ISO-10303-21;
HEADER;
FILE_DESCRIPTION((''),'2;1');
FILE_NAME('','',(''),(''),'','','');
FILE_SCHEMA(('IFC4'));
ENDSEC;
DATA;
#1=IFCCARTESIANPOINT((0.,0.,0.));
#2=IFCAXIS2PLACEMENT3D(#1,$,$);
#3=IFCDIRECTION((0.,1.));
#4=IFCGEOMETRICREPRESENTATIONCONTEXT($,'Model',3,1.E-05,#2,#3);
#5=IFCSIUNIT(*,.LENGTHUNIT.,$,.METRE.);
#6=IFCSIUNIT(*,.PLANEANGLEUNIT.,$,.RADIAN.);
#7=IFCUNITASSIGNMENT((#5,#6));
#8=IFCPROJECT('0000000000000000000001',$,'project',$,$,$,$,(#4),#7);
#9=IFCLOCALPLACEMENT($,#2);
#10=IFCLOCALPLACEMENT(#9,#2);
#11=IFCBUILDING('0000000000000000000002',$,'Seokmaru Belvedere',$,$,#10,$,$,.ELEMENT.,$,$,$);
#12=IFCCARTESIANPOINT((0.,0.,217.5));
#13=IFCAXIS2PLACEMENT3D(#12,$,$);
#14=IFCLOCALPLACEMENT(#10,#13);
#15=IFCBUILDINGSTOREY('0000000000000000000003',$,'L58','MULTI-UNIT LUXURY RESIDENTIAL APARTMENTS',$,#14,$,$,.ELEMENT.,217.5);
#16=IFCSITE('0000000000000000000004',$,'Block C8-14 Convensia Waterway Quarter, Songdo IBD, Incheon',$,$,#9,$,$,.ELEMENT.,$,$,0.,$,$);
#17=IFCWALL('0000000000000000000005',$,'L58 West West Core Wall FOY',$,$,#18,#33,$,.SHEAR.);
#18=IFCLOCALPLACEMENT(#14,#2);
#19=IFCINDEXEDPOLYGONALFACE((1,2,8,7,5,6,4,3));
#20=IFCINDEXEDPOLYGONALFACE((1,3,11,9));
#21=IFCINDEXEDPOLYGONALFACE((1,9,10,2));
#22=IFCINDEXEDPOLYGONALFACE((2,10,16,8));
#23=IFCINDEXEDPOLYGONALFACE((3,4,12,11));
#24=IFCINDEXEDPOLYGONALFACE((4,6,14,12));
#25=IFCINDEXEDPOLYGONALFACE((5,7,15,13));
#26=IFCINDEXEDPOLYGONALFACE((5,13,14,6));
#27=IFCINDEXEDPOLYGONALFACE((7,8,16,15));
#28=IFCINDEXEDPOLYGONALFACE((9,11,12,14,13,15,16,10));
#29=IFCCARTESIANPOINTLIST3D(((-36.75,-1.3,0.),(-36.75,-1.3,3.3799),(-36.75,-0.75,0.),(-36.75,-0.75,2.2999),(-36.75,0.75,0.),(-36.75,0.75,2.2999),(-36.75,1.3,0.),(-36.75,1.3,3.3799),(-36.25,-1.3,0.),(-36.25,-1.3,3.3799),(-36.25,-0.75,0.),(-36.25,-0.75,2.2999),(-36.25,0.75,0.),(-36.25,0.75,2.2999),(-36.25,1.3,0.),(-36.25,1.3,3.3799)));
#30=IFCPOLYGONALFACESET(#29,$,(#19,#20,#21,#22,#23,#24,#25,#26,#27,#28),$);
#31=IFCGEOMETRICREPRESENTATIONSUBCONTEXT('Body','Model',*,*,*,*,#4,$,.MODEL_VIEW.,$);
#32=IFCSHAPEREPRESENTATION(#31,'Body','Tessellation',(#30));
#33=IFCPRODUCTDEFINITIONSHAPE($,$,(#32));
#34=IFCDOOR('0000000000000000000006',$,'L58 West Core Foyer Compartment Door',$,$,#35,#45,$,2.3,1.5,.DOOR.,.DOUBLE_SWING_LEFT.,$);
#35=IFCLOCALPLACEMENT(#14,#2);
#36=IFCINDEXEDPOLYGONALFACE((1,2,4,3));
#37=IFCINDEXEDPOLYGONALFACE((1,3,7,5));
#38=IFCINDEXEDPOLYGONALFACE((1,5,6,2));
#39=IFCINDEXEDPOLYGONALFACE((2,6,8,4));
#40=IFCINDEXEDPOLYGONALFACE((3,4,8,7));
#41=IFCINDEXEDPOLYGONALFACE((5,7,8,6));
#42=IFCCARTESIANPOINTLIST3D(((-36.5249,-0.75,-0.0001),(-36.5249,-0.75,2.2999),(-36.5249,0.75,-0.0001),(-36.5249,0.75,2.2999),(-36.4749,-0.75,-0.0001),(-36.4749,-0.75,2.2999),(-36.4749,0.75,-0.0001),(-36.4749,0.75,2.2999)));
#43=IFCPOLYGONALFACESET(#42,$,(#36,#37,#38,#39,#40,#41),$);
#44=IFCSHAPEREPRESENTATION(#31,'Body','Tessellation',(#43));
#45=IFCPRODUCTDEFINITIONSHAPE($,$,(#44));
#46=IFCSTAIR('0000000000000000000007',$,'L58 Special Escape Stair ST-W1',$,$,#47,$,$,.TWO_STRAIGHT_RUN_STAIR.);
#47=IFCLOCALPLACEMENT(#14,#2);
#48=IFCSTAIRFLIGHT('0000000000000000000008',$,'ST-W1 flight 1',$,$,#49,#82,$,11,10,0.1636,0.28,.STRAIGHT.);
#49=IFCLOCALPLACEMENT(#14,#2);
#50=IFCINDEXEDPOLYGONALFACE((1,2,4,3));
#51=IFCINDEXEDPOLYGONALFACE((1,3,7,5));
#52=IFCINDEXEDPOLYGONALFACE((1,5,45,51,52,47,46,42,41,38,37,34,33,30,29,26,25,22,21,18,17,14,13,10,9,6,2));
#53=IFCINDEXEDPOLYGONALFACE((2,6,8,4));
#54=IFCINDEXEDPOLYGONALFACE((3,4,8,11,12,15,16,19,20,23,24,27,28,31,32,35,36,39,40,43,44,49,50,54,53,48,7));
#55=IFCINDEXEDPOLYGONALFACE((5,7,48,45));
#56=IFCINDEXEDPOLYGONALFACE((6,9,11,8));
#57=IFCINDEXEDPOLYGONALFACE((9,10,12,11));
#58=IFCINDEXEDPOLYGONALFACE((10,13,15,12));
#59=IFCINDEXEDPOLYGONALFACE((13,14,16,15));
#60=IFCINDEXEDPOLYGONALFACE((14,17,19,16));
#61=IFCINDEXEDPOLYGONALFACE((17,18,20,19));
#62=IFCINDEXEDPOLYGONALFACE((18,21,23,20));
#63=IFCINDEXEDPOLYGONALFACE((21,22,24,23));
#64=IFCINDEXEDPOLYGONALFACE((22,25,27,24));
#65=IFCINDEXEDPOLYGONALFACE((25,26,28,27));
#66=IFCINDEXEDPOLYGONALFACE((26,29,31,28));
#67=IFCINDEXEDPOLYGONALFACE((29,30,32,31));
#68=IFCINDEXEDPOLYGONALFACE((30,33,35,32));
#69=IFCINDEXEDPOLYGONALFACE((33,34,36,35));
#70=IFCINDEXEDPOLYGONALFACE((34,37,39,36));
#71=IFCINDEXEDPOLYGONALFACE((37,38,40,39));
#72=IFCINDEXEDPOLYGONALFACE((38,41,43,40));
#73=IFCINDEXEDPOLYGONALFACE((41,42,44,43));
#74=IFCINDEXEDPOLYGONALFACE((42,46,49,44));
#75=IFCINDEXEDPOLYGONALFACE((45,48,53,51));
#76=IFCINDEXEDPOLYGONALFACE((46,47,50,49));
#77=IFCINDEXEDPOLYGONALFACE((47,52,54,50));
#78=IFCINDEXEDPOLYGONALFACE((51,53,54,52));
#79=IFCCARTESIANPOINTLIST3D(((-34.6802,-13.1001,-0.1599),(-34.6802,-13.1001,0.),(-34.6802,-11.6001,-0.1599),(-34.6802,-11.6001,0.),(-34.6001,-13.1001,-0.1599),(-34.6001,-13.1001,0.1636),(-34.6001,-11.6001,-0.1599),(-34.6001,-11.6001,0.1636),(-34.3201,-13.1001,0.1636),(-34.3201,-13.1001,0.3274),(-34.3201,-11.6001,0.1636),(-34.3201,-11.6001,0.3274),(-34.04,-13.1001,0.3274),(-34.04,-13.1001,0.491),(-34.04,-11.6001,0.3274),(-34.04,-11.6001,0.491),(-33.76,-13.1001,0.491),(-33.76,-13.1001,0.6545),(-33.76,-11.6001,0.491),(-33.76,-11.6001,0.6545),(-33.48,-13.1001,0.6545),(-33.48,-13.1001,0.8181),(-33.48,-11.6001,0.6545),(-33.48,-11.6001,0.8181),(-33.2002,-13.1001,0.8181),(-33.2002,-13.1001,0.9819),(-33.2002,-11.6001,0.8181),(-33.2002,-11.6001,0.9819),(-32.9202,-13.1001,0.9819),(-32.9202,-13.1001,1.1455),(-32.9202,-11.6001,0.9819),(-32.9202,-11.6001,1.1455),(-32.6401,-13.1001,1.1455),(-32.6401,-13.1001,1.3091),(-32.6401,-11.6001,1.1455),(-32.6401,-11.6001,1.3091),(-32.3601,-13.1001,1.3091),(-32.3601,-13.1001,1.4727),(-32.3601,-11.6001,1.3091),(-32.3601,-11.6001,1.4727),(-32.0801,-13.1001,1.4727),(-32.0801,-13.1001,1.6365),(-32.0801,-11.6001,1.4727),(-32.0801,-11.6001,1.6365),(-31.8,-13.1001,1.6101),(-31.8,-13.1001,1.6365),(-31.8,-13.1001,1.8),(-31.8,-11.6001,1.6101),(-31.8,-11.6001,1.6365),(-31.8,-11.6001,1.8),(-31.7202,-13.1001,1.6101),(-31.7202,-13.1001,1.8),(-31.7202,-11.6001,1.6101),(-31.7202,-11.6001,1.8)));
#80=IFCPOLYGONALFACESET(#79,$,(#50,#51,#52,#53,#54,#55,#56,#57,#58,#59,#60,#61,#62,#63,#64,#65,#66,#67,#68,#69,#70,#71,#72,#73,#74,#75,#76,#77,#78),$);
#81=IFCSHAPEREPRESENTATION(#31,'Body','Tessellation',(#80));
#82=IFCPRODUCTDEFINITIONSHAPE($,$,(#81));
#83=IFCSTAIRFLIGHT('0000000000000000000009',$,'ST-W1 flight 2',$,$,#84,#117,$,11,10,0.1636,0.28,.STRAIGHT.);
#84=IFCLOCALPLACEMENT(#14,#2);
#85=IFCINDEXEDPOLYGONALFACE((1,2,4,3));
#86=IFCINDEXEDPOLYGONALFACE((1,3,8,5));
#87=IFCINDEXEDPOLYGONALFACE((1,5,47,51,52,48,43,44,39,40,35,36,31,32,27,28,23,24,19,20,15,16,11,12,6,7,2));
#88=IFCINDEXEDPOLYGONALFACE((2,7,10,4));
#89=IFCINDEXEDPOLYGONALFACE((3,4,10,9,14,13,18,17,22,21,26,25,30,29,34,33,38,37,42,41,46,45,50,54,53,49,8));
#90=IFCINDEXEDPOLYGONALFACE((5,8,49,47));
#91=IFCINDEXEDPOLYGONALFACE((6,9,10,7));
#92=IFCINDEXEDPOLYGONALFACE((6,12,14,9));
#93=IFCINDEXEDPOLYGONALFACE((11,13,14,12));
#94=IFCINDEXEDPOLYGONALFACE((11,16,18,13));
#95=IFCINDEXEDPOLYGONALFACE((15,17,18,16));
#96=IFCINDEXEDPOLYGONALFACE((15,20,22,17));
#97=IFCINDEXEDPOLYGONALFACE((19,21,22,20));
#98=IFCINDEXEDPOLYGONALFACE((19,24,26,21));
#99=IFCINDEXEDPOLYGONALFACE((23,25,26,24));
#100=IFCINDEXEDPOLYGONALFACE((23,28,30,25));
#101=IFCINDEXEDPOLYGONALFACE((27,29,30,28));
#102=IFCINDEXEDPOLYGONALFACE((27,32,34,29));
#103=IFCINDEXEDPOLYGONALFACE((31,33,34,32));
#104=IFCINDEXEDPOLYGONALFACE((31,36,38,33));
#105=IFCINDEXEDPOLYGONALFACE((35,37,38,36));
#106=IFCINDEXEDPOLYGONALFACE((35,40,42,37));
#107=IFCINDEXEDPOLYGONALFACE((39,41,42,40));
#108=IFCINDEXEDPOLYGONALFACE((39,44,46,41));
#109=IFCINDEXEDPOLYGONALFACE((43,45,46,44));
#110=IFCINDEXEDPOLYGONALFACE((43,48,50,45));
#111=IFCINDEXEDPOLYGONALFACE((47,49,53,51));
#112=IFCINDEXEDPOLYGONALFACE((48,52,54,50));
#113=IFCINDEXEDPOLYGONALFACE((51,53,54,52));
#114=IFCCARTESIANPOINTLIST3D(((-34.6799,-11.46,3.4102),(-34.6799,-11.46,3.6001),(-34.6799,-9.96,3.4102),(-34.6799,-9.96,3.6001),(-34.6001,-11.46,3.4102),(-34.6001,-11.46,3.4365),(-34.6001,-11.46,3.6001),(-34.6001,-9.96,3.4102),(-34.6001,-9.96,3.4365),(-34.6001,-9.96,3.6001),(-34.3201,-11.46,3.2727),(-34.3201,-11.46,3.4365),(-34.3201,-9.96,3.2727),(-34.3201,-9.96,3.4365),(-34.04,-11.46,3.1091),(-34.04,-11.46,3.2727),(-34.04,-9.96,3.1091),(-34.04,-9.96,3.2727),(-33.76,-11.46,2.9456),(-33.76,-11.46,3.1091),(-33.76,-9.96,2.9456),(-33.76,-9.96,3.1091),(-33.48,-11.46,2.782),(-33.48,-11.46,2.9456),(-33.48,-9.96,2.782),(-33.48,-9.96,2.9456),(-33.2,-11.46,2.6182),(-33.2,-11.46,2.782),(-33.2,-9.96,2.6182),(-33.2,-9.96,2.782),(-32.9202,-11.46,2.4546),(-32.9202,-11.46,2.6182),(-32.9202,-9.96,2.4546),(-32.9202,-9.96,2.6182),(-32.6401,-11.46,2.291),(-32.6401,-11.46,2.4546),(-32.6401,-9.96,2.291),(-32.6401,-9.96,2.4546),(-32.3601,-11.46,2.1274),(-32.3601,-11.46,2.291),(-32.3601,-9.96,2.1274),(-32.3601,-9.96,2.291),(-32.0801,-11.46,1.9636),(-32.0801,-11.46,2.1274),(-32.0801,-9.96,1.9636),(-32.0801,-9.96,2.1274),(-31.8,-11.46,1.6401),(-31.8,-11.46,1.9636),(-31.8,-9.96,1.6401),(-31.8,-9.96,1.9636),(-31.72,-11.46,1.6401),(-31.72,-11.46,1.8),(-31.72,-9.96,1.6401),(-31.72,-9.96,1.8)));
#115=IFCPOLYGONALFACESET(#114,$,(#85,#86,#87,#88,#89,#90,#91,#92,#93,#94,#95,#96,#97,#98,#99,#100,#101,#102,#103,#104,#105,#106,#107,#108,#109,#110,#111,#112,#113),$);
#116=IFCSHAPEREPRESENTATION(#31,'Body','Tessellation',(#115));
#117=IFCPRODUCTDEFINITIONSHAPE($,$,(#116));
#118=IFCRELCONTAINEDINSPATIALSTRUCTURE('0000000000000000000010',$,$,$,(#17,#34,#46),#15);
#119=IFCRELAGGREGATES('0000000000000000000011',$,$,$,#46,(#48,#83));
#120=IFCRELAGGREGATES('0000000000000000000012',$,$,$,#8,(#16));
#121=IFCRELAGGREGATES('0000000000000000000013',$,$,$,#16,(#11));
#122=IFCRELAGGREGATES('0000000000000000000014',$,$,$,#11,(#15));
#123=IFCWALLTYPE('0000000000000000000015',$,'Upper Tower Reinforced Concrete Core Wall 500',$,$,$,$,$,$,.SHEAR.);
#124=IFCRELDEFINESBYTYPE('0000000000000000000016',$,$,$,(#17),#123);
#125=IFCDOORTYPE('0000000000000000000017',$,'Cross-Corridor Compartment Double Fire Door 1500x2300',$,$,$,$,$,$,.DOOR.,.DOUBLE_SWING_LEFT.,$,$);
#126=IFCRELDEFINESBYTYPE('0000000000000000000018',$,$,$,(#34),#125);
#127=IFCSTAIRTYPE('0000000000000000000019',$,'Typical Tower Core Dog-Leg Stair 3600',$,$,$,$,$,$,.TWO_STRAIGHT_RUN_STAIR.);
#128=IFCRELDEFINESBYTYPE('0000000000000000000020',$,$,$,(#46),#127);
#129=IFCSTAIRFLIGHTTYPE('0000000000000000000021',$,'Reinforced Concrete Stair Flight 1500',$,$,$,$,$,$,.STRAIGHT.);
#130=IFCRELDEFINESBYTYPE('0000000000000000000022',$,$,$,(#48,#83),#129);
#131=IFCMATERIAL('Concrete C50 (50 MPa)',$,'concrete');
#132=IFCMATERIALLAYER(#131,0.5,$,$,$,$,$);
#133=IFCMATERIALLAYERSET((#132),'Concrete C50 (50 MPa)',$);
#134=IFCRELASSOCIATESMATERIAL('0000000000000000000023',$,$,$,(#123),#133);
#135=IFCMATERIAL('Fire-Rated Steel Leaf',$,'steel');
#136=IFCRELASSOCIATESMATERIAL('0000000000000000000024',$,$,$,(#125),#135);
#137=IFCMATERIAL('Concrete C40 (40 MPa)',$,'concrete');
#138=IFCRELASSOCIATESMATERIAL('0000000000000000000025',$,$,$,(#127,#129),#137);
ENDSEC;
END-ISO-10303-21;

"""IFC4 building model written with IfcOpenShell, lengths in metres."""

from ifc_helpers import new_model, si_unit, direction, frame, frame_2d, origin, place, context, subcontext, project, spatial, polyline, rectangle, outline, extrude, source, transform, mapped, material, layer, layer_set, type_object, type_shapes, element, fill, aggregate, save


model = new_model("IFC4")

# Units and contexts
model_context = context("Model", 3, precision=1e-05, world=origin(), true_north=direction((0.0, 1.0)))
body_context = subcontext(model_context, "Body", "Model", "MODEL_VIEW")
ifc_project = project(units=[si_unit("LENGTHUNIT", "METRE"), si_unit("PLANEANGLEUNIT", "RADIAN")], contexts=[model_context])

# Site, building, storey
site_placement = place(None, origin())
site = spatial("IfcSite", under=ifc_project, at=site_placement, Name="Block C8-14 Convensia Waterway Quarter, Songdo IBD, Incheon", CompositionType="ELEMENT", RefElevation=0.0)
building_placement = place(site_placement, origin())
building = spatial("IfcBuilding", under=site, at=building_placement, Name="Seokmaru Belvedere", CompositionType="ELEMENT")
storey_placement = place(building_placement, frame((0.0, 0.0, 217.5)))
storey = spatial("IfcBuildingStorey", under=building, at=storey_placement, Name="L58", Description="MULTI-UNIT LUXURY RESIDENTIAL APARTMENTS", CompositionType="ELEMENT", Elevation=217.5)

# Shared definitions
ifc_material_1 = material(Name="Fire-Rated Steel Leaf", Category="steel")

# Shared definitions
ifc_material_2 = material(Name="Concrete C50 (50 MPa)", Category="concrete")

# Shared definitions
ifc_layer_1 = layer(ifc_material_2, 0.5)
ifc_layer_set_1 = layer_set([ifc_layer_1], Name="Concrete C50 (50 MPa)")
wall_type_1 = type_object("IfcWallType", Name="Upper Tower Reinforced Concrete Core Wall 500", PredefinedType="SHEAR", material=ifc_layer_set_1)

# Wall, opening, door
wall_1_placement = place(storey_placement, frame((-36.5, -1.3, 0.0), z_axis=(0.0, 0.0, 1.0), x_axis=(0.0, 1.0, 0.0)))
wall_1 = element("IfcWall", 1, at=wall_1_placement, inside=storey, type_object=wall_type_1, Name="L58 West West Core Wall FOY", PredefinedType="SHEAR", context=body_context, shape_type="SweptSolid", body=[
    extrude(rectangle(XDim=2.6001, YDim=0.5, at=frame_2d((1.3, 0.0))), origin(), (0.0, 0.0, 1.0), 3.3799),
])
opening_1_placement = place(wall_1_placement, frame((0.55, 0.0, 0.0)))
opening_1 = element("IfcOpeningElement", 2, at=opening_1_placement, cuts=wall_1, PredefinedType="OPENING", context=body_context, shape_type="SweptSolid", body=[
    extrude(rectangle(XDim=1.5, YDim=2.3, at=frame_2d((0.75, 1.1499))), frame((0.0, 0.26, 0.0), z_axis=(0.0, -1.0, 0.0), x_axis=(1.0, 0.0, 0.0)), (0.0, 0.0, 1.0), 0.52),
])
door_type_1 = type_object("IfcDoorType", Name="Cross-Corridor Compartment Double Fire Door 1500x2300", OperationType="DOUBLE_SWING_LEFT", PredefinedType="DOOR", material=ifc_material_1)
shared_shape_1 = source(origin(), body_context, "Body", "SweptSolid", [
    extrude(rectangle(XDim=1.5, YDim=2.3, at=frame_2d((0.75, 1.1499))), frame((0.0, 0.0249, 0.0), z_axis=(0.0, -1.0, 0.0), x_axis=(1.0, 0.0, 0.0)), (0.0, 0.0, 1.0), 0.05),
])
type_shapes(door_type_1, [shared_shape_1])
door_1_placement = place(opening_1_placement, origin())
door_1 = element("IfcDoor", 3, at=door_1_placement, inside=storey, type_object=door_type_1, Name="L58 West Core Foyer Compartment Door", OperationType="DOUBLE_SWING_LEFT", OverallHeight=2.3, OverallWidth=1.5, PredefinedType="DOOR", context=body_context, shape_type="MappedRepresentation", body=[
    mapped(shared_shape_1, transform((0.0, 0.0, 0.0), scale=1.0)),
])
fill(opening_1, door_1)

# Stair, stair flights
ifc_material_3 = material(Name="Concrete C40 (40 MPa)", Category="concrete")
stair_type = type_object("IfcStairType", Name="Typical Tower Core Dog-Leg Stair 3600", PredefinedType="TWO_STRAIGHT_RUN_STAIR", material=ifc_material_3)
stair_placement = place(storey_placement, origin())
stair = element("IfcStair", 4, at=stair_placement, inside=storey, type_object=stair_type, Name="L58 Special Escape Stair ST-W1", PredefinedType="TWO_STRAIGHT_RUN_STAIR")
stair_flight_type = type_object("IfcStairFlightType", Name="Reinforced Concrete Stair Flight 1500", PredefinedType="STRAIGHT", material=ifc_material_3)
stair_flight_1_placement = place(storey_placement, frame((-34.6001, -12.3501, 0.0), z_axis=(0.0, 0.0, 1.0), x_axis=(1.0, 0.0, 0.0)))
stair_flight_1 = element("IfcStairFlight", 5, at=stair_flight_1_placement, type_object=stair_flight_type, Name="ST-W1 flight 1", NumberOfRisers=11, NumberOfTreads=10, PredefinedType="STRAIGHT", RiserHeight=0.1636, TreadLength=0.28, context=body_context, shape_type="SweptSolid", body=[
    extrude(outline(polyline([(-0.0801, 0.0), (0.0, 0.1636), (0.28, 0.1636), (0.28, 0.3274), (0.5601, 0.3274), (0.5601, 0.491), (0.8401, 0.491), (0.8401, 0.6545), (1.1201, 0.6545), (1.1201, 0.8181), (1.3999, 0.8181), (1.3999, 0.9819), (1.6799, 0.9819), (1.6799, 1.1455), (1.96, 1.1455), (1.96, 1.3091), (2.24, 1.3091), (2.24, 1.4727), (2.52, 1.4727), (2.52, 1.6365), (2.8, 1.6365), (2.8, 1.8), (2.8799, 1.8), (2.8799, 1.6101), (2.8, 1.6101), (0.0, -0.1599), (-0.0801, -0.1599), (-0.0801, 0.0)])), frame((0.0, 0.75, 0.0), z_axis=(0.0, -1.0, 0.0), x_axis=(1.0, 0.0, 0.0)), (0.0, 0.0, 1.0), 1.5),
])
stair_flight_2_placement = place(storey_placement, frame((-31.8, -10.71, 1.8), z_axis=(0.0, 0.0, 1.0), x_axis=(-1.0, 0.0, 0.0)))
stair_flight_2 = element("IfcStairFlight", 6, at=stair_flight_2_placement, type_object=stair_flight_type, Name="ST-W1 flight 2", NumberOfRisers=11, NumberOfTreads=10, PredefinedType="STRAIGHT", RiserHeight=0.1636, TreadLength=0.28, context=body_context, shape_type="SweptSolid", body=[
    extrude(outline(polyline([(-0.0801, 0.0), (0.0, 0.1636), (0.28, 0.1636), (0.28, 0.3274), (0.5601, 0.3274), (0.5601, 0.491), (0.8401, 0.491), (0.8401, 0.6545), (1.1201, 0.6545), (1.1201, 0.8181), (1.3999, 0.8181), (1.3999, 0.9819), (1.6799, 0.9819), (1.6799, 1.1455), (1.96, 1.1455), (1.96, 1.3091), (2.24, 1.3091), (2.24, 1.4727), (2.52, 1.4727), (2.52, 1.6365), (2.8, 1.6365), (2.8, 1.8), (2.8799, 1.8), (2.8799, 1.6101), (2.8, 1.6101), (0.0, -0.1599), (-0.0801, -0.1599), (-0.0801, 0.0)])), frame((0.0, 0.75, 0.0), z_axis=(0.0, -1.0, 0.0), x_axis=(1.0, 0.0, 0.0)), (0.0, 0.0, 1.0), 1.5),
])
aggregate(stair, [stair_flight_1, stair_flight_2])

save(model, "model.ifc")
